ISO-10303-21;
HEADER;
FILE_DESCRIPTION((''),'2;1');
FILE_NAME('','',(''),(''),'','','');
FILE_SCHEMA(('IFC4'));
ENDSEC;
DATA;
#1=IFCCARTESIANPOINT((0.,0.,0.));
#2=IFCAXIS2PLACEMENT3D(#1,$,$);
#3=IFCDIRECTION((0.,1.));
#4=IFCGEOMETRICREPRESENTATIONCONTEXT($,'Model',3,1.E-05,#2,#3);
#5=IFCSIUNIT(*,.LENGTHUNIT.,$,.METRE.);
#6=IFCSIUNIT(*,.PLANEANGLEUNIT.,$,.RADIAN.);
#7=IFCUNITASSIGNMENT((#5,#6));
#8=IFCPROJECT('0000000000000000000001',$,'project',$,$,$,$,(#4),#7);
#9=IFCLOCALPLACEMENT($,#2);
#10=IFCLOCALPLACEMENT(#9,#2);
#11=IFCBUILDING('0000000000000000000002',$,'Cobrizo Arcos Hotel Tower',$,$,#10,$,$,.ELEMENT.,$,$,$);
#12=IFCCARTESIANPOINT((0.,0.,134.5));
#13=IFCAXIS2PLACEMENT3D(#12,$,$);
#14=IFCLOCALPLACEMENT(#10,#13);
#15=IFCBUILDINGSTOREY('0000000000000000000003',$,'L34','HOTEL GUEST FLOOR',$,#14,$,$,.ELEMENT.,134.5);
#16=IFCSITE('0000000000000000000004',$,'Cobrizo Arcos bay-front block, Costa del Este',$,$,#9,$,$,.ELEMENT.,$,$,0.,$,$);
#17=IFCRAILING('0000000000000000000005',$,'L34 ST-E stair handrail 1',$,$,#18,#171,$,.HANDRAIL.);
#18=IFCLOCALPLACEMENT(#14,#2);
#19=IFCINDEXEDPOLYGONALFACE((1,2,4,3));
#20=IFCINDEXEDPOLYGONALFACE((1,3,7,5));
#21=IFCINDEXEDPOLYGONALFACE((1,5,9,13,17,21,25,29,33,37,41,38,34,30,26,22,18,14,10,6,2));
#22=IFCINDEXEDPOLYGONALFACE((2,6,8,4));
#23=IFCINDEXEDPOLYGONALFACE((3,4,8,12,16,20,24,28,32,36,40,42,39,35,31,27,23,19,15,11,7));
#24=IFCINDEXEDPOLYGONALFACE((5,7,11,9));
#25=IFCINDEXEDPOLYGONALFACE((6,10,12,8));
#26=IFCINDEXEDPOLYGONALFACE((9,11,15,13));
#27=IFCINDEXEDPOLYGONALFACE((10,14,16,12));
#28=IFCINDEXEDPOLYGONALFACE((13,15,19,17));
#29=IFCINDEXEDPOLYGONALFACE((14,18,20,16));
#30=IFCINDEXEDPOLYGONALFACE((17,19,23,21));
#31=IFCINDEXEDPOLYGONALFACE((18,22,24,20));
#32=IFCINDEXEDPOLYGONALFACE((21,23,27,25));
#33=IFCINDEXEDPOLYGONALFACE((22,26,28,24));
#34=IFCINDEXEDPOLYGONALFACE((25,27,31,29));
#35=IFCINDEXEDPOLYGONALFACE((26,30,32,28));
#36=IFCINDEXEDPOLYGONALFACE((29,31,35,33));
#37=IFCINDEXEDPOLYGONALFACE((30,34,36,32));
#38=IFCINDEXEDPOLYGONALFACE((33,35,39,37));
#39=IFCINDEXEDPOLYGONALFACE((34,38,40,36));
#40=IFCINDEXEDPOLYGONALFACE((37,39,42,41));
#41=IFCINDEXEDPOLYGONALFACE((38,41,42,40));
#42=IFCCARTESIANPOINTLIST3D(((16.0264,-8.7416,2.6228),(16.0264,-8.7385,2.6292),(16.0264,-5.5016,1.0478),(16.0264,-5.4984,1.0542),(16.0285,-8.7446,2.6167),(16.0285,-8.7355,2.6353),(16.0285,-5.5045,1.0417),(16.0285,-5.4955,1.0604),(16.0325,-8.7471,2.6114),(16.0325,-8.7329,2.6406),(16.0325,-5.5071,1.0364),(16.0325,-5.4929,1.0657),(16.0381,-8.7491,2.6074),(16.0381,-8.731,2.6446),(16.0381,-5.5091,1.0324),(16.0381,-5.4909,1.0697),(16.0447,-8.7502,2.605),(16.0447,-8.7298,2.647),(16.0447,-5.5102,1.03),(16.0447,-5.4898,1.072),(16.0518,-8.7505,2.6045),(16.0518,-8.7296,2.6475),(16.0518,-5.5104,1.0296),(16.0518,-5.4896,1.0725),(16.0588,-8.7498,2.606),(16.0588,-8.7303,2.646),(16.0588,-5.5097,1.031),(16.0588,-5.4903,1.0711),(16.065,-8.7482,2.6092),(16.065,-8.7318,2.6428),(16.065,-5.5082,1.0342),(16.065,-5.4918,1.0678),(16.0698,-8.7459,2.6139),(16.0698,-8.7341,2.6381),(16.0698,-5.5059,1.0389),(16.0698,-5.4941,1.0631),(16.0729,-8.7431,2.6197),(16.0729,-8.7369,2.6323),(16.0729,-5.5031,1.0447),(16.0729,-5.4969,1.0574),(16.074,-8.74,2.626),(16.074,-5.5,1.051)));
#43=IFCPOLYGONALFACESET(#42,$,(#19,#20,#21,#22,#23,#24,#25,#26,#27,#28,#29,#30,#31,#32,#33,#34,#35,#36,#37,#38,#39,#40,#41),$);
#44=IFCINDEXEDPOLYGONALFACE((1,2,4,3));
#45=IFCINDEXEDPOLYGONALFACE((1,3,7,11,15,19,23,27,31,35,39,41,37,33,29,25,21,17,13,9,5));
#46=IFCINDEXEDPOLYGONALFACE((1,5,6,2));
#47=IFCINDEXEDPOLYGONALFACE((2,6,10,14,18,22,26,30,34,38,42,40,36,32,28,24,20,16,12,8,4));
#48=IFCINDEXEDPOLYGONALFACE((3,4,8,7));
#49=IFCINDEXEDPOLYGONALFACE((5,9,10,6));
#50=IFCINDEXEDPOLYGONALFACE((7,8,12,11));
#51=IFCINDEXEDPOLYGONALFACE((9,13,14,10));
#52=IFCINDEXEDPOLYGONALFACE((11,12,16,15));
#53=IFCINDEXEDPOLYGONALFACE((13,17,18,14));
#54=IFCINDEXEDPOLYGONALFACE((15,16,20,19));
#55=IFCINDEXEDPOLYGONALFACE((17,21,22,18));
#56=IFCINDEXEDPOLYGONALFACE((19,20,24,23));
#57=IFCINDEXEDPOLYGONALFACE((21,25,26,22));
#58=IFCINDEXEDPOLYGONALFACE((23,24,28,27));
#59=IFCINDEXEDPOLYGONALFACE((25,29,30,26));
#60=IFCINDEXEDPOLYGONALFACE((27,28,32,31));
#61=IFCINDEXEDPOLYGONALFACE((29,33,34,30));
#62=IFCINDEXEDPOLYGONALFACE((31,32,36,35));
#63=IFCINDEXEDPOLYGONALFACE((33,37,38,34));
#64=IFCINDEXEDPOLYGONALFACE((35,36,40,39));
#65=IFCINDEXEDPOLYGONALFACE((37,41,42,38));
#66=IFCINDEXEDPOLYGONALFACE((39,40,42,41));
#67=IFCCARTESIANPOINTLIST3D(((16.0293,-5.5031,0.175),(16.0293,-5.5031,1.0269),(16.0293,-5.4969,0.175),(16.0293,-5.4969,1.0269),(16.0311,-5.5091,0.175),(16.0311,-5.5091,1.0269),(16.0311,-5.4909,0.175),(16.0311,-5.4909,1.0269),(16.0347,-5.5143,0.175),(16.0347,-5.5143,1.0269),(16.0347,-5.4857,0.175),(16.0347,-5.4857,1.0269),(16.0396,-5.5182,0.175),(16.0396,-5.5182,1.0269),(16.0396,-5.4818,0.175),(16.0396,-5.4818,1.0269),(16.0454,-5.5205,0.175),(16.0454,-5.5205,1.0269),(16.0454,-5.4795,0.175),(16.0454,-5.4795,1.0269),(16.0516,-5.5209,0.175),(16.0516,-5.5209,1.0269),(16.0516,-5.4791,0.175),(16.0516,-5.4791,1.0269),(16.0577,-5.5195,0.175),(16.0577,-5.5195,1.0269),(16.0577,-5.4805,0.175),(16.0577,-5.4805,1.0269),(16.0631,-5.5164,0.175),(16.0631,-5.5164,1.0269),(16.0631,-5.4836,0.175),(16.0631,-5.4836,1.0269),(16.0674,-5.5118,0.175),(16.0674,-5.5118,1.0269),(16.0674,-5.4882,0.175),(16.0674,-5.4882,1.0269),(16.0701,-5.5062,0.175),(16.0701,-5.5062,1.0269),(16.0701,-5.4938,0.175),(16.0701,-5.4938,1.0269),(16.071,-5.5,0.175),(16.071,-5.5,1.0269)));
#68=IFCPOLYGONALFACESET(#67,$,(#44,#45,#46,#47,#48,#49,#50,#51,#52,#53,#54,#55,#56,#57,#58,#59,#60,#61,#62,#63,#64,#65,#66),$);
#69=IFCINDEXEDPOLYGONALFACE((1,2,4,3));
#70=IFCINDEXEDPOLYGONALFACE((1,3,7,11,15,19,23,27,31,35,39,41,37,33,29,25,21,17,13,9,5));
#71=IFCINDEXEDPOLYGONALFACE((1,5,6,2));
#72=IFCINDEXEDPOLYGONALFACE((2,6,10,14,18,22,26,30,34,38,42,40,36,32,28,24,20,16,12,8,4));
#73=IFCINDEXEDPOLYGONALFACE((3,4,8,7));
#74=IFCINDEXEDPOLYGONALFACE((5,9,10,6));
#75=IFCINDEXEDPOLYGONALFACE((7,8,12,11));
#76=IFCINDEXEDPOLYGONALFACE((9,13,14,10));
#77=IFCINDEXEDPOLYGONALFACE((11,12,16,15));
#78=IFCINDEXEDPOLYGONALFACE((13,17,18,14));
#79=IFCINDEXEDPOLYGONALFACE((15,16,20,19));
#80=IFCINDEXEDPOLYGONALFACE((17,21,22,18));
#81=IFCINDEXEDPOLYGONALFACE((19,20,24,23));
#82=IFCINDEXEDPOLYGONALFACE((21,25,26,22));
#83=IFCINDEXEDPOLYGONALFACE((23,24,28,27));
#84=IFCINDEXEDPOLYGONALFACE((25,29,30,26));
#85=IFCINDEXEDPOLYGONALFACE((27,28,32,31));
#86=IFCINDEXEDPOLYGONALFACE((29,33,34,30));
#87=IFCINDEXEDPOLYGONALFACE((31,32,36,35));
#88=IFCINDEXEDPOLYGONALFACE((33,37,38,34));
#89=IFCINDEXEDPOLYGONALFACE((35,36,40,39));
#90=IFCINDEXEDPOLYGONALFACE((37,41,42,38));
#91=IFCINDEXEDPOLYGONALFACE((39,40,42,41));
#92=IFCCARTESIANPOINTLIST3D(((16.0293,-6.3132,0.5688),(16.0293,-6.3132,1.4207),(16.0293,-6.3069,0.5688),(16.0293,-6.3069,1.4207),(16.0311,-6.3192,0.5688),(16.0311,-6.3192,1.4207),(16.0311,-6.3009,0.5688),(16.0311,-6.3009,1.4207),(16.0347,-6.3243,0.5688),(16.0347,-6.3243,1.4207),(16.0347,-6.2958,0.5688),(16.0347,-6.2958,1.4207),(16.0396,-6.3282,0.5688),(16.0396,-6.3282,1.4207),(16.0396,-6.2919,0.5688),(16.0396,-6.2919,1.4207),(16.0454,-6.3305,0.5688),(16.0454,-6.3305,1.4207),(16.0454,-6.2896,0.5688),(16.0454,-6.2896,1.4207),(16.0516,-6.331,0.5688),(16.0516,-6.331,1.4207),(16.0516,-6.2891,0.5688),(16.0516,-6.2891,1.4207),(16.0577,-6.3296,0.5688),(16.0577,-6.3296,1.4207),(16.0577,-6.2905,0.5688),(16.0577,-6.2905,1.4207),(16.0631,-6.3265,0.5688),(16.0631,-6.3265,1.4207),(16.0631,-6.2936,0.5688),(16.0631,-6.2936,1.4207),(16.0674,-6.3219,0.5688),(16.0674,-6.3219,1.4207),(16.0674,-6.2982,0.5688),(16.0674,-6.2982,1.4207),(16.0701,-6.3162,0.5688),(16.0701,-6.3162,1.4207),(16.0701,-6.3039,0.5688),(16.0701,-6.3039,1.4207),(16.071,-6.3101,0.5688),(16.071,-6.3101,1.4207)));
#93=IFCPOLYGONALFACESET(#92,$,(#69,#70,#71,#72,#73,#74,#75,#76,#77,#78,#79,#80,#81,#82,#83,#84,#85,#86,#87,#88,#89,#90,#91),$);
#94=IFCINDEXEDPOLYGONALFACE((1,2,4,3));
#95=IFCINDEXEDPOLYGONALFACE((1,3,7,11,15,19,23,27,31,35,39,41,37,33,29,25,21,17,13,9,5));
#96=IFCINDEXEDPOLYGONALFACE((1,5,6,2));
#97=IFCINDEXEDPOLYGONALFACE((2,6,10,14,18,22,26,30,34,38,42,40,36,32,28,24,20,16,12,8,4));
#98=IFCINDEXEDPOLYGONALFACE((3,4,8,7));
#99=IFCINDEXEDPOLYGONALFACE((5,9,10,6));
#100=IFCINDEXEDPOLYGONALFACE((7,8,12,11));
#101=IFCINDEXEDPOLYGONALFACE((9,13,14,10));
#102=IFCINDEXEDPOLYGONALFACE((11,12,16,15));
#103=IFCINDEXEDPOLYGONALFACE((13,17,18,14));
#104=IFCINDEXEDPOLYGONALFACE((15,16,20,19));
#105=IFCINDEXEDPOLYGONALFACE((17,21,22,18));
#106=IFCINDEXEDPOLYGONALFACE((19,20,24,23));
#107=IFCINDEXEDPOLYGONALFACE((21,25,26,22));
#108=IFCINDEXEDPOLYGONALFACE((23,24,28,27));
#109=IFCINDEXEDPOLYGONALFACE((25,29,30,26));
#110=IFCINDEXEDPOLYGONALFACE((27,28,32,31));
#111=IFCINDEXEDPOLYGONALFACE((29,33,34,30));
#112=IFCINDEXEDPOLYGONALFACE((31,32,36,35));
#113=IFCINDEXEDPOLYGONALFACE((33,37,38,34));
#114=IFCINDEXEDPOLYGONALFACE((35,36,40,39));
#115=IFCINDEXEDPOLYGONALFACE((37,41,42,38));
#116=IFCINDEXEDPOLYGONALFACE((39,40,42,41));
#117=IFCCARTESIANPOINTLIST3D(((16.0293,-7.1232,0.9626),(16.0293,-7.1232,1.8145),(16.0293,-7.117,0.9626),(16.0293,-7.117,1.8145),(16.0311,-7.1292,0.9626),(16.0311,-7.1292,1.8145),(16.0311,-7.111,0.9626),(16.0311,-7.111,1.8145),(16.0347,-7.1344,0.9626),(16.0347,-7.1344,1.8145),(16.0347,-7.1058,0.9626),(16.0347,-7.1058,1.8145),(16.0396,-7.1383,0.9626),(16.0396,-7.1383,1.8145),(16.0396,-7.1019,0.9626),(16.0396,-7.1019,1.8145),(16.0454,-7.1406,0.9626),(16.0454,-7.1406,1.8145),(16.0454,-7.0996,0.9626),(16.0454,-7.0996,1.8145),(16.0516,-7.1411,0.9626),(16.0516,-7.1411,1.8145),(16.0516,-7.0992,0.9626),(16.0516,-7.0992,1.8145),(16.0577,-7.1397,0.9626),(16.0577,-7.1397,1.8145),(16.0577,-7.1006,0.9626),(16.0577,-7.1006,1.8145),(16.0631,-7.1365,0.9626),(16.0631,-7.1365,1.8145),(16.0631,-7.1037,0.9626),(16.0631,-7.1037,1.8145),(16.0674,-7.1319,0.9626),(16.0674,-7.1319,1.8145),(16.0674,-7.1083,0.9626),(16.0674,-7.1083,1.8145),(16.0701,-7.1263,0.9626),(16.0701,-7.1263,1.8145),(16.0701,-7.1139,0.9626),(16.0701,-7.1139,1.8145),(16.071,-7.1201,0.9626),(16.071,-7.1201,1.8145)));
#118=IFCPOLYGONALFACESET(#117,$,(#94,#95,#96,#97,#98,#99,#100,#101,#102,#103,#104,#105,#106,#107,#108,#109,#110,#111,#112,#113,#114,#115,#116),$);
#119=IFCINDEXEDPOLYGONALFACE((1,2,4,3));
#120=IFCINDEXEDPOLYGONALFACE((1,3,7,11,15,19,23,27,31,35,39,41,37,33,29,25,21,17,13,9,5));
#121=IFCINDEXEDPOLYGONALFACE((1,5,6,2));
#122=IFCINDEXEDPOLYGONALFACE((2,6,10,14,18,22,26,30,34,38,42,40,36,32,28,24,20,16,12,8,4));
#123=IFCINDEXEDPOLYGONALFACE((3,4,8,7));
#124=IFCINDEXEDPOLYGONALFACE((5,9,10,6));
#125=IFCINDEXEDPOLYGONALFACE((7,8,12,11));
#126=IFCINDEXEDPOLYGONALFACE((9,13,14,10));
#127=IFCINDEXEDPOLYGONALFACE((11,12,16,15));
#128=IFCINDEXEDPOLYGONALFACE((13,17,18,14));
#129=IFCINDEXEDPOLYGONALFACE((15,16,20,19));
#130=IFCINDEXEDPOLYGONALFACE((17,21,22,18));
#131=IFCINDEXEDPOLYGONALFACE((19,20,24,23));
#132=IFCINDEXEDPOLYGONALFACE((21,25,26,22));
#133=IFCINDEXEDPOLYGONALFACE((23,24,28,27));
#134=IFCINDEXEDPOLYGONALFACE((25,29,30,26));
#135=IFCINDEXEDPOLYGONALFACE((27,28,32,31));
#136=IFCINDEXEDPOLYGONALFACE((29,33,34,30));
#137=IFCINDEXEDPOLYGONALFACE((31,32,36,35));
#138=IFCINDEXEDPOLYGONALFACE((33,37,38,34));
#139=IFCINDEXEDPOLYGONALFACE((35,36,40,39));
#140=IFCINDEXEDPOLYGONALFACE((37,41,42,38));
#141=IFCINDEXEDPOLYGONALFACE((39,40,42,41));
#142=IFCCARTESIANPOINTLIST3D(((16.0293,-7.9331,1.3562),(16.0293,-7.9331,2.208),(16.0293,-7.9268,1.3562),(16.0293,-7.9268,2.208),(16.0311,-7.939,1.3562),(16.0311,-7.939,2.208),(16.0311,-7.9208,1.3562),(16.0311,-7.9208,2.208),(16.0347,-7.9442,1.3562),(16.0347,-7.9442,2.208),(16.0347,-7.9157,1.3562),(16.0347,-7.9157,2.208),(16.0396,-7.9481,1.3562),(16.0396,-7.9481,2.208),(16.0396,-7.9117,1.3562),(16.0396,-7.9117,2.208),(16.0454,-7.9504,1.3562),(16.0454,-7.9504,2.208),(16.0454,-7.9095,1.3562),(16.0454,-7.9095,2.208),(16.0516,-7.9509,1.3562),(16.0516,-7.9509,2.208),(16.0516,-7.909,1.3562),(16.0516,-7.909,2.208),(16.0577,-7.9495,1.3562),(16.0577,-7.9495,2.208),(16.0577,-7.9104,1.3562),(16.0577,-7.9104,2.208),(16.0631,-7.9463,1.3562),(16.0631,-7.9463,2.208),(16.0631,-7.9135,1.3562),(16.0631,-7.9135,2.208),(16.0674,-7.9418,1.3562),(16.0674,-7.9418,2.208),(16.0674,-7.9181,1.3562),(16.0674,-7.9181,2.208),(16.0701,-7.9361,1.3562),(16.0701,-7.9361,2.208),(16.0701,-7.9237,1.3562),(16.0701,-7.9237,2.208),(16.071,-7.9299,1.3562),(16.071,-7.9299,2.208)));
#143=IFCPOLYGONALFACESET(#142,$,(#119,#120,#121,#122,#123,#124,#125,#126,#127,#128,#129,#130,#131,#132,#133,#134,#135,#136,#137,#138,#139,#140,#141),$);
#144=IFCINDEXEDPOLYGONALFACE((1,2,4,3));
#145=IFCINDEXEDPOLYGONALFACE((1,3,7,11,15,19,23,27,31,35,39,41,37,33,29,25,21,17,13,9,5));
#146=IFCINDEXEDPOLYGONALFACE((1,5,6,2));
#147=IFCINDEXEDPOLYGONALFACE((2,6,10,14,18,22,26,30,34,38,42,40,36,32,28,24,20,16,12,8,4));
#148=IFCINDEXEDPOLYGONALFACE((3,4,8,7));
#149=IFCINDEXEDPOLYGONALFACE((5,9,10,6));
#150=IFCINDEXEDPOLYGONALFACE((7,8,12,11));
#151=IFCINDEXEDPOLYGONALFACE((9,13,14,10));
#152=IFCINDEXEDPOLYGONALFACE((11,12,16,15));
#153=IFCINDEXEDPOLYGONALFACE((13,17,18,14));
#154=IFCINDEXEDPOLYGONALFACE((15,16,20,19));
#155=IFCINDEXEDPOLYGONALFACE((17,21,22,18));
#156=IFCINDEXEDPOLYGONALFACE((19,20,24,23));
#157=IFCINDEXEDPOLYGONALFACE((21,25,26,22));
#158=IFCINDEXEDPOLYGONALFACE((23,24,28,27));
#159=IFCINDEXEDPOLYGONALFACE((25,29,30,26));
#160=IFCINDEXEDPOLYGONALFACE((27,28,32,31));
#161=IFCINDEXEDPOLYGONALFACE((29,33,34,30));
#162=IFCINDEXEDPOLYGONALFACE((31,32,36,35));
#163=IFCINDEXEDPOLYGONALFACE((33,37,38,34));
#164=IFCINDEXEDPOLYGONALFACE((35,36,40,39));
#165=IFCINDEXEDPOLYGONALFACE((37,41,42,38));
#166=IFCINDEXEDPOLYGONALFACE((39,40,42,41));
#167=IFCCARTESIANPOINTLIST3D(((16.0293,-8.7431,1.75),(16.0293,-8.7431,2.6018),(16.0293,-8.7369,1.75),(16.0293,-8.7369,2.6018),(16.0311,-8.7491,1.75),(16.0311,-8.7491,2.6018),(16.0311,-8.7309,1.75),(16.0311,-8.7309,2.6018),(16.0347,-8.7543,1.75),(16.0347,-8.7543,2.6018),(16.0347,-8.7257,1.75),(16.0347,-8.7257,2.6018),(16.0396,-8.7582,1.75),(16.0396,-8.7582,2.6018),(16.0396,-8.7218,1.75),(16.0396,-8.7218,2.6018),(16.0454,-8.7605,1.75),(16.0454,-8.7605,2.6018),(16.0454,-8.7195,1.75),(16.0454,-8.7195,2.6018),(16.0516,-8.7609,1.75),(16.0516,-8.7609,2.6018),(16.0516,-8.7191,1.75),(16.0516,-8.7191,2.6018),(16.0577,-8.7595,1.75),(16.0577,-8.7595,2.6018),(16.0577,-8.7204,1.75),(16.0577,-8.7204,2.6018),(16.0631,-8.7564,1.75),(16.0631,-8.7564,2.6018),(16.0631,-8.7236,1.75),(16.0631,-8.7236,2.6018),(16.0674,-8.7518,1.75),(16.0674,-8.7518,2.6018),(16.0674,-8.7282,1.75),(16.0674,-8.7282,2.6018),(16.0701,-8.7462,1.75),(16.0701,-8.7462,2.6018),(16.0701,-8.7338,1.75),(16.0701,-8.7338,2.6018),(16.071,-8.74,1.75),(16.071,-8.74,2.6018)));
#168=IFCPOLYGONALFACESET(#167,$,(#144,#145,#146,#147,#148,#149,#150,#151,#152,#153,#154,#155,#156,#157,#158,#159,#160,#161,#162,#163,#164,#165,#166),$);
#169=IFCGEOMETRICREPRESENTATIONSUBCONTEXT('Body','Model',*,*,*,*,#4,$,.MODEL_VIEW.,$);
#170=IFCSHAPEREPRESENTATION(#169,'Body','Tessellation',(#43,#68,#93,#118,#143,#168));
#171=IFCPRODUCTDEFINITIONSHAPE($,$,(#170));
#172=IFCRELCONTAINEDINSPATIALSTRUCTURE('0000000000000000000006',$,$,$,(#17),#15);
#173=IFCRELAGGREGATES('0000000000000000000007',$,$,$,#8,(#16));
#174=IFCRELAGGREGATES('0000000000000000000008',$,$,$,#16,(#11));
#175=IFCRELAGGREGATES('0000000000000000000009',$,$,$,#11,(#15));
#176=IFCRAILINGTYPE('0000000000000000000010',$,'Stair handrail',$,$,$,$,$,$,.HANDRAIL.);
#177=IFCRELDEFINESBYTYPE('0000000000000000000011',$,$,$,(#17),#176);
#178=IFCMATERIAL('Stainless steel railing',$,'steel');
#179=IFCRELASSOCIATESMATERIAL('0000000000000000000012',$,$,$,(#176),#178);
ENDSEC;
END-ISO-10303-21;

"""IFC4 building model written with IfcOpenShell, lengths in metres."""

from ifc_helpers import new_model, si_unit, direction, frame, origin, origin_2d, place, context, subcontext, project, spatial, circle, extrude, material, type_object, element, save


model = new_model("IFC4")

# Units and contexts
model_context = context("Model", 3, precision=1e-05, world=origin(), true_north=direction((0.0, 1.0)))
body_context = subcontext(model_context, "Body", "Model", "MODEL_VIEW")
ifc_project = project(units=[si_unit("LENGTHUNIT", "METRE"), si_unit("PLANEANGLEUNIT", "RADIAN")], contexts=[model_context])

# Site, building, storey
site_placement = place(None, origin())
site = spatial("IfcSite", under=ifc_project, at=site_placement, Name="Cobrizo Arcos bay-front block, Costa del Este", CompositionType="ELEMENT", RefElevation=0.0)
building_placement = place(site_placement, origin())
building = spatial("IfcBuilding", under=site, at=building_placement, Name="Cobrizo Arcos Hotel Tower", CompositionType="ELEMENT")
storey_placement = place(building_placement, frame((0.0, 0.0, 134.5)))
storey = spatial("IfcBuildingStorey", under=building, at=storey_placement, Name="L34", Description="HOTEL GUEST FLOOR", CompositionType="ELEMENT", Elevation=134.5)

# Railing
ifc_material_1 = material(Name="Stainless steel railing", Category="steel")
railing_type_1 = type_object("IfcRailingType", Name="Stair handrail", PredefinedType="HANDRAIL", material=ifc_material_1)
railing_1_placement = place(storey_placement, frame((16.05, -5.5, 0.175)))
element("IfcRailing", 1, at=railing_1_placement, inside=storey, type_object=railing_type_1, Name="L34 ST-E stair handrail 1", PredefinedType="HANDRAIL", context=body_context, shape_type="SweptSolid", body=[
    extrude(circle(Radius=0.0239, at=origin_2d()), frame((0.0, 0.0, 0.876), z_axis=(0.0, -0.899373, 0.437183), x_axis=(1.0, 0.0, 0.0)), (0.0, 0.0, 1.0), 3.6025),
    extrude(circle(Radius=0.021, at=origin_2d()), origin(), (0.0, 0.0, 1.0), 0.8518),
    extrude(circle(Radius=0.021, at=origin_2d()), frame((0.0, -0.8101, 0.3938)), (0.0, 0.0, 1.0), 0.8518),
    extrude(circle(Radius=0.021, at=origin_2d()), frame((0.0, -1.6201, 0.7876)), (0.0, 0.0, 1.0), 0.8518),
    extrude(circle(Radius=0.021, at=origin_2d()), frame((0.0, -2.4299, 1.1812)), (0.0, 0.0, 1.0), 0.8518),
    extrude(circle(Radius=0.021, at=origin_2d()), frame((0.0, -3.24, 1.575)), (0.0, 0.0, 1.0), 0.8518),
])

save(model, "model.ifc")
